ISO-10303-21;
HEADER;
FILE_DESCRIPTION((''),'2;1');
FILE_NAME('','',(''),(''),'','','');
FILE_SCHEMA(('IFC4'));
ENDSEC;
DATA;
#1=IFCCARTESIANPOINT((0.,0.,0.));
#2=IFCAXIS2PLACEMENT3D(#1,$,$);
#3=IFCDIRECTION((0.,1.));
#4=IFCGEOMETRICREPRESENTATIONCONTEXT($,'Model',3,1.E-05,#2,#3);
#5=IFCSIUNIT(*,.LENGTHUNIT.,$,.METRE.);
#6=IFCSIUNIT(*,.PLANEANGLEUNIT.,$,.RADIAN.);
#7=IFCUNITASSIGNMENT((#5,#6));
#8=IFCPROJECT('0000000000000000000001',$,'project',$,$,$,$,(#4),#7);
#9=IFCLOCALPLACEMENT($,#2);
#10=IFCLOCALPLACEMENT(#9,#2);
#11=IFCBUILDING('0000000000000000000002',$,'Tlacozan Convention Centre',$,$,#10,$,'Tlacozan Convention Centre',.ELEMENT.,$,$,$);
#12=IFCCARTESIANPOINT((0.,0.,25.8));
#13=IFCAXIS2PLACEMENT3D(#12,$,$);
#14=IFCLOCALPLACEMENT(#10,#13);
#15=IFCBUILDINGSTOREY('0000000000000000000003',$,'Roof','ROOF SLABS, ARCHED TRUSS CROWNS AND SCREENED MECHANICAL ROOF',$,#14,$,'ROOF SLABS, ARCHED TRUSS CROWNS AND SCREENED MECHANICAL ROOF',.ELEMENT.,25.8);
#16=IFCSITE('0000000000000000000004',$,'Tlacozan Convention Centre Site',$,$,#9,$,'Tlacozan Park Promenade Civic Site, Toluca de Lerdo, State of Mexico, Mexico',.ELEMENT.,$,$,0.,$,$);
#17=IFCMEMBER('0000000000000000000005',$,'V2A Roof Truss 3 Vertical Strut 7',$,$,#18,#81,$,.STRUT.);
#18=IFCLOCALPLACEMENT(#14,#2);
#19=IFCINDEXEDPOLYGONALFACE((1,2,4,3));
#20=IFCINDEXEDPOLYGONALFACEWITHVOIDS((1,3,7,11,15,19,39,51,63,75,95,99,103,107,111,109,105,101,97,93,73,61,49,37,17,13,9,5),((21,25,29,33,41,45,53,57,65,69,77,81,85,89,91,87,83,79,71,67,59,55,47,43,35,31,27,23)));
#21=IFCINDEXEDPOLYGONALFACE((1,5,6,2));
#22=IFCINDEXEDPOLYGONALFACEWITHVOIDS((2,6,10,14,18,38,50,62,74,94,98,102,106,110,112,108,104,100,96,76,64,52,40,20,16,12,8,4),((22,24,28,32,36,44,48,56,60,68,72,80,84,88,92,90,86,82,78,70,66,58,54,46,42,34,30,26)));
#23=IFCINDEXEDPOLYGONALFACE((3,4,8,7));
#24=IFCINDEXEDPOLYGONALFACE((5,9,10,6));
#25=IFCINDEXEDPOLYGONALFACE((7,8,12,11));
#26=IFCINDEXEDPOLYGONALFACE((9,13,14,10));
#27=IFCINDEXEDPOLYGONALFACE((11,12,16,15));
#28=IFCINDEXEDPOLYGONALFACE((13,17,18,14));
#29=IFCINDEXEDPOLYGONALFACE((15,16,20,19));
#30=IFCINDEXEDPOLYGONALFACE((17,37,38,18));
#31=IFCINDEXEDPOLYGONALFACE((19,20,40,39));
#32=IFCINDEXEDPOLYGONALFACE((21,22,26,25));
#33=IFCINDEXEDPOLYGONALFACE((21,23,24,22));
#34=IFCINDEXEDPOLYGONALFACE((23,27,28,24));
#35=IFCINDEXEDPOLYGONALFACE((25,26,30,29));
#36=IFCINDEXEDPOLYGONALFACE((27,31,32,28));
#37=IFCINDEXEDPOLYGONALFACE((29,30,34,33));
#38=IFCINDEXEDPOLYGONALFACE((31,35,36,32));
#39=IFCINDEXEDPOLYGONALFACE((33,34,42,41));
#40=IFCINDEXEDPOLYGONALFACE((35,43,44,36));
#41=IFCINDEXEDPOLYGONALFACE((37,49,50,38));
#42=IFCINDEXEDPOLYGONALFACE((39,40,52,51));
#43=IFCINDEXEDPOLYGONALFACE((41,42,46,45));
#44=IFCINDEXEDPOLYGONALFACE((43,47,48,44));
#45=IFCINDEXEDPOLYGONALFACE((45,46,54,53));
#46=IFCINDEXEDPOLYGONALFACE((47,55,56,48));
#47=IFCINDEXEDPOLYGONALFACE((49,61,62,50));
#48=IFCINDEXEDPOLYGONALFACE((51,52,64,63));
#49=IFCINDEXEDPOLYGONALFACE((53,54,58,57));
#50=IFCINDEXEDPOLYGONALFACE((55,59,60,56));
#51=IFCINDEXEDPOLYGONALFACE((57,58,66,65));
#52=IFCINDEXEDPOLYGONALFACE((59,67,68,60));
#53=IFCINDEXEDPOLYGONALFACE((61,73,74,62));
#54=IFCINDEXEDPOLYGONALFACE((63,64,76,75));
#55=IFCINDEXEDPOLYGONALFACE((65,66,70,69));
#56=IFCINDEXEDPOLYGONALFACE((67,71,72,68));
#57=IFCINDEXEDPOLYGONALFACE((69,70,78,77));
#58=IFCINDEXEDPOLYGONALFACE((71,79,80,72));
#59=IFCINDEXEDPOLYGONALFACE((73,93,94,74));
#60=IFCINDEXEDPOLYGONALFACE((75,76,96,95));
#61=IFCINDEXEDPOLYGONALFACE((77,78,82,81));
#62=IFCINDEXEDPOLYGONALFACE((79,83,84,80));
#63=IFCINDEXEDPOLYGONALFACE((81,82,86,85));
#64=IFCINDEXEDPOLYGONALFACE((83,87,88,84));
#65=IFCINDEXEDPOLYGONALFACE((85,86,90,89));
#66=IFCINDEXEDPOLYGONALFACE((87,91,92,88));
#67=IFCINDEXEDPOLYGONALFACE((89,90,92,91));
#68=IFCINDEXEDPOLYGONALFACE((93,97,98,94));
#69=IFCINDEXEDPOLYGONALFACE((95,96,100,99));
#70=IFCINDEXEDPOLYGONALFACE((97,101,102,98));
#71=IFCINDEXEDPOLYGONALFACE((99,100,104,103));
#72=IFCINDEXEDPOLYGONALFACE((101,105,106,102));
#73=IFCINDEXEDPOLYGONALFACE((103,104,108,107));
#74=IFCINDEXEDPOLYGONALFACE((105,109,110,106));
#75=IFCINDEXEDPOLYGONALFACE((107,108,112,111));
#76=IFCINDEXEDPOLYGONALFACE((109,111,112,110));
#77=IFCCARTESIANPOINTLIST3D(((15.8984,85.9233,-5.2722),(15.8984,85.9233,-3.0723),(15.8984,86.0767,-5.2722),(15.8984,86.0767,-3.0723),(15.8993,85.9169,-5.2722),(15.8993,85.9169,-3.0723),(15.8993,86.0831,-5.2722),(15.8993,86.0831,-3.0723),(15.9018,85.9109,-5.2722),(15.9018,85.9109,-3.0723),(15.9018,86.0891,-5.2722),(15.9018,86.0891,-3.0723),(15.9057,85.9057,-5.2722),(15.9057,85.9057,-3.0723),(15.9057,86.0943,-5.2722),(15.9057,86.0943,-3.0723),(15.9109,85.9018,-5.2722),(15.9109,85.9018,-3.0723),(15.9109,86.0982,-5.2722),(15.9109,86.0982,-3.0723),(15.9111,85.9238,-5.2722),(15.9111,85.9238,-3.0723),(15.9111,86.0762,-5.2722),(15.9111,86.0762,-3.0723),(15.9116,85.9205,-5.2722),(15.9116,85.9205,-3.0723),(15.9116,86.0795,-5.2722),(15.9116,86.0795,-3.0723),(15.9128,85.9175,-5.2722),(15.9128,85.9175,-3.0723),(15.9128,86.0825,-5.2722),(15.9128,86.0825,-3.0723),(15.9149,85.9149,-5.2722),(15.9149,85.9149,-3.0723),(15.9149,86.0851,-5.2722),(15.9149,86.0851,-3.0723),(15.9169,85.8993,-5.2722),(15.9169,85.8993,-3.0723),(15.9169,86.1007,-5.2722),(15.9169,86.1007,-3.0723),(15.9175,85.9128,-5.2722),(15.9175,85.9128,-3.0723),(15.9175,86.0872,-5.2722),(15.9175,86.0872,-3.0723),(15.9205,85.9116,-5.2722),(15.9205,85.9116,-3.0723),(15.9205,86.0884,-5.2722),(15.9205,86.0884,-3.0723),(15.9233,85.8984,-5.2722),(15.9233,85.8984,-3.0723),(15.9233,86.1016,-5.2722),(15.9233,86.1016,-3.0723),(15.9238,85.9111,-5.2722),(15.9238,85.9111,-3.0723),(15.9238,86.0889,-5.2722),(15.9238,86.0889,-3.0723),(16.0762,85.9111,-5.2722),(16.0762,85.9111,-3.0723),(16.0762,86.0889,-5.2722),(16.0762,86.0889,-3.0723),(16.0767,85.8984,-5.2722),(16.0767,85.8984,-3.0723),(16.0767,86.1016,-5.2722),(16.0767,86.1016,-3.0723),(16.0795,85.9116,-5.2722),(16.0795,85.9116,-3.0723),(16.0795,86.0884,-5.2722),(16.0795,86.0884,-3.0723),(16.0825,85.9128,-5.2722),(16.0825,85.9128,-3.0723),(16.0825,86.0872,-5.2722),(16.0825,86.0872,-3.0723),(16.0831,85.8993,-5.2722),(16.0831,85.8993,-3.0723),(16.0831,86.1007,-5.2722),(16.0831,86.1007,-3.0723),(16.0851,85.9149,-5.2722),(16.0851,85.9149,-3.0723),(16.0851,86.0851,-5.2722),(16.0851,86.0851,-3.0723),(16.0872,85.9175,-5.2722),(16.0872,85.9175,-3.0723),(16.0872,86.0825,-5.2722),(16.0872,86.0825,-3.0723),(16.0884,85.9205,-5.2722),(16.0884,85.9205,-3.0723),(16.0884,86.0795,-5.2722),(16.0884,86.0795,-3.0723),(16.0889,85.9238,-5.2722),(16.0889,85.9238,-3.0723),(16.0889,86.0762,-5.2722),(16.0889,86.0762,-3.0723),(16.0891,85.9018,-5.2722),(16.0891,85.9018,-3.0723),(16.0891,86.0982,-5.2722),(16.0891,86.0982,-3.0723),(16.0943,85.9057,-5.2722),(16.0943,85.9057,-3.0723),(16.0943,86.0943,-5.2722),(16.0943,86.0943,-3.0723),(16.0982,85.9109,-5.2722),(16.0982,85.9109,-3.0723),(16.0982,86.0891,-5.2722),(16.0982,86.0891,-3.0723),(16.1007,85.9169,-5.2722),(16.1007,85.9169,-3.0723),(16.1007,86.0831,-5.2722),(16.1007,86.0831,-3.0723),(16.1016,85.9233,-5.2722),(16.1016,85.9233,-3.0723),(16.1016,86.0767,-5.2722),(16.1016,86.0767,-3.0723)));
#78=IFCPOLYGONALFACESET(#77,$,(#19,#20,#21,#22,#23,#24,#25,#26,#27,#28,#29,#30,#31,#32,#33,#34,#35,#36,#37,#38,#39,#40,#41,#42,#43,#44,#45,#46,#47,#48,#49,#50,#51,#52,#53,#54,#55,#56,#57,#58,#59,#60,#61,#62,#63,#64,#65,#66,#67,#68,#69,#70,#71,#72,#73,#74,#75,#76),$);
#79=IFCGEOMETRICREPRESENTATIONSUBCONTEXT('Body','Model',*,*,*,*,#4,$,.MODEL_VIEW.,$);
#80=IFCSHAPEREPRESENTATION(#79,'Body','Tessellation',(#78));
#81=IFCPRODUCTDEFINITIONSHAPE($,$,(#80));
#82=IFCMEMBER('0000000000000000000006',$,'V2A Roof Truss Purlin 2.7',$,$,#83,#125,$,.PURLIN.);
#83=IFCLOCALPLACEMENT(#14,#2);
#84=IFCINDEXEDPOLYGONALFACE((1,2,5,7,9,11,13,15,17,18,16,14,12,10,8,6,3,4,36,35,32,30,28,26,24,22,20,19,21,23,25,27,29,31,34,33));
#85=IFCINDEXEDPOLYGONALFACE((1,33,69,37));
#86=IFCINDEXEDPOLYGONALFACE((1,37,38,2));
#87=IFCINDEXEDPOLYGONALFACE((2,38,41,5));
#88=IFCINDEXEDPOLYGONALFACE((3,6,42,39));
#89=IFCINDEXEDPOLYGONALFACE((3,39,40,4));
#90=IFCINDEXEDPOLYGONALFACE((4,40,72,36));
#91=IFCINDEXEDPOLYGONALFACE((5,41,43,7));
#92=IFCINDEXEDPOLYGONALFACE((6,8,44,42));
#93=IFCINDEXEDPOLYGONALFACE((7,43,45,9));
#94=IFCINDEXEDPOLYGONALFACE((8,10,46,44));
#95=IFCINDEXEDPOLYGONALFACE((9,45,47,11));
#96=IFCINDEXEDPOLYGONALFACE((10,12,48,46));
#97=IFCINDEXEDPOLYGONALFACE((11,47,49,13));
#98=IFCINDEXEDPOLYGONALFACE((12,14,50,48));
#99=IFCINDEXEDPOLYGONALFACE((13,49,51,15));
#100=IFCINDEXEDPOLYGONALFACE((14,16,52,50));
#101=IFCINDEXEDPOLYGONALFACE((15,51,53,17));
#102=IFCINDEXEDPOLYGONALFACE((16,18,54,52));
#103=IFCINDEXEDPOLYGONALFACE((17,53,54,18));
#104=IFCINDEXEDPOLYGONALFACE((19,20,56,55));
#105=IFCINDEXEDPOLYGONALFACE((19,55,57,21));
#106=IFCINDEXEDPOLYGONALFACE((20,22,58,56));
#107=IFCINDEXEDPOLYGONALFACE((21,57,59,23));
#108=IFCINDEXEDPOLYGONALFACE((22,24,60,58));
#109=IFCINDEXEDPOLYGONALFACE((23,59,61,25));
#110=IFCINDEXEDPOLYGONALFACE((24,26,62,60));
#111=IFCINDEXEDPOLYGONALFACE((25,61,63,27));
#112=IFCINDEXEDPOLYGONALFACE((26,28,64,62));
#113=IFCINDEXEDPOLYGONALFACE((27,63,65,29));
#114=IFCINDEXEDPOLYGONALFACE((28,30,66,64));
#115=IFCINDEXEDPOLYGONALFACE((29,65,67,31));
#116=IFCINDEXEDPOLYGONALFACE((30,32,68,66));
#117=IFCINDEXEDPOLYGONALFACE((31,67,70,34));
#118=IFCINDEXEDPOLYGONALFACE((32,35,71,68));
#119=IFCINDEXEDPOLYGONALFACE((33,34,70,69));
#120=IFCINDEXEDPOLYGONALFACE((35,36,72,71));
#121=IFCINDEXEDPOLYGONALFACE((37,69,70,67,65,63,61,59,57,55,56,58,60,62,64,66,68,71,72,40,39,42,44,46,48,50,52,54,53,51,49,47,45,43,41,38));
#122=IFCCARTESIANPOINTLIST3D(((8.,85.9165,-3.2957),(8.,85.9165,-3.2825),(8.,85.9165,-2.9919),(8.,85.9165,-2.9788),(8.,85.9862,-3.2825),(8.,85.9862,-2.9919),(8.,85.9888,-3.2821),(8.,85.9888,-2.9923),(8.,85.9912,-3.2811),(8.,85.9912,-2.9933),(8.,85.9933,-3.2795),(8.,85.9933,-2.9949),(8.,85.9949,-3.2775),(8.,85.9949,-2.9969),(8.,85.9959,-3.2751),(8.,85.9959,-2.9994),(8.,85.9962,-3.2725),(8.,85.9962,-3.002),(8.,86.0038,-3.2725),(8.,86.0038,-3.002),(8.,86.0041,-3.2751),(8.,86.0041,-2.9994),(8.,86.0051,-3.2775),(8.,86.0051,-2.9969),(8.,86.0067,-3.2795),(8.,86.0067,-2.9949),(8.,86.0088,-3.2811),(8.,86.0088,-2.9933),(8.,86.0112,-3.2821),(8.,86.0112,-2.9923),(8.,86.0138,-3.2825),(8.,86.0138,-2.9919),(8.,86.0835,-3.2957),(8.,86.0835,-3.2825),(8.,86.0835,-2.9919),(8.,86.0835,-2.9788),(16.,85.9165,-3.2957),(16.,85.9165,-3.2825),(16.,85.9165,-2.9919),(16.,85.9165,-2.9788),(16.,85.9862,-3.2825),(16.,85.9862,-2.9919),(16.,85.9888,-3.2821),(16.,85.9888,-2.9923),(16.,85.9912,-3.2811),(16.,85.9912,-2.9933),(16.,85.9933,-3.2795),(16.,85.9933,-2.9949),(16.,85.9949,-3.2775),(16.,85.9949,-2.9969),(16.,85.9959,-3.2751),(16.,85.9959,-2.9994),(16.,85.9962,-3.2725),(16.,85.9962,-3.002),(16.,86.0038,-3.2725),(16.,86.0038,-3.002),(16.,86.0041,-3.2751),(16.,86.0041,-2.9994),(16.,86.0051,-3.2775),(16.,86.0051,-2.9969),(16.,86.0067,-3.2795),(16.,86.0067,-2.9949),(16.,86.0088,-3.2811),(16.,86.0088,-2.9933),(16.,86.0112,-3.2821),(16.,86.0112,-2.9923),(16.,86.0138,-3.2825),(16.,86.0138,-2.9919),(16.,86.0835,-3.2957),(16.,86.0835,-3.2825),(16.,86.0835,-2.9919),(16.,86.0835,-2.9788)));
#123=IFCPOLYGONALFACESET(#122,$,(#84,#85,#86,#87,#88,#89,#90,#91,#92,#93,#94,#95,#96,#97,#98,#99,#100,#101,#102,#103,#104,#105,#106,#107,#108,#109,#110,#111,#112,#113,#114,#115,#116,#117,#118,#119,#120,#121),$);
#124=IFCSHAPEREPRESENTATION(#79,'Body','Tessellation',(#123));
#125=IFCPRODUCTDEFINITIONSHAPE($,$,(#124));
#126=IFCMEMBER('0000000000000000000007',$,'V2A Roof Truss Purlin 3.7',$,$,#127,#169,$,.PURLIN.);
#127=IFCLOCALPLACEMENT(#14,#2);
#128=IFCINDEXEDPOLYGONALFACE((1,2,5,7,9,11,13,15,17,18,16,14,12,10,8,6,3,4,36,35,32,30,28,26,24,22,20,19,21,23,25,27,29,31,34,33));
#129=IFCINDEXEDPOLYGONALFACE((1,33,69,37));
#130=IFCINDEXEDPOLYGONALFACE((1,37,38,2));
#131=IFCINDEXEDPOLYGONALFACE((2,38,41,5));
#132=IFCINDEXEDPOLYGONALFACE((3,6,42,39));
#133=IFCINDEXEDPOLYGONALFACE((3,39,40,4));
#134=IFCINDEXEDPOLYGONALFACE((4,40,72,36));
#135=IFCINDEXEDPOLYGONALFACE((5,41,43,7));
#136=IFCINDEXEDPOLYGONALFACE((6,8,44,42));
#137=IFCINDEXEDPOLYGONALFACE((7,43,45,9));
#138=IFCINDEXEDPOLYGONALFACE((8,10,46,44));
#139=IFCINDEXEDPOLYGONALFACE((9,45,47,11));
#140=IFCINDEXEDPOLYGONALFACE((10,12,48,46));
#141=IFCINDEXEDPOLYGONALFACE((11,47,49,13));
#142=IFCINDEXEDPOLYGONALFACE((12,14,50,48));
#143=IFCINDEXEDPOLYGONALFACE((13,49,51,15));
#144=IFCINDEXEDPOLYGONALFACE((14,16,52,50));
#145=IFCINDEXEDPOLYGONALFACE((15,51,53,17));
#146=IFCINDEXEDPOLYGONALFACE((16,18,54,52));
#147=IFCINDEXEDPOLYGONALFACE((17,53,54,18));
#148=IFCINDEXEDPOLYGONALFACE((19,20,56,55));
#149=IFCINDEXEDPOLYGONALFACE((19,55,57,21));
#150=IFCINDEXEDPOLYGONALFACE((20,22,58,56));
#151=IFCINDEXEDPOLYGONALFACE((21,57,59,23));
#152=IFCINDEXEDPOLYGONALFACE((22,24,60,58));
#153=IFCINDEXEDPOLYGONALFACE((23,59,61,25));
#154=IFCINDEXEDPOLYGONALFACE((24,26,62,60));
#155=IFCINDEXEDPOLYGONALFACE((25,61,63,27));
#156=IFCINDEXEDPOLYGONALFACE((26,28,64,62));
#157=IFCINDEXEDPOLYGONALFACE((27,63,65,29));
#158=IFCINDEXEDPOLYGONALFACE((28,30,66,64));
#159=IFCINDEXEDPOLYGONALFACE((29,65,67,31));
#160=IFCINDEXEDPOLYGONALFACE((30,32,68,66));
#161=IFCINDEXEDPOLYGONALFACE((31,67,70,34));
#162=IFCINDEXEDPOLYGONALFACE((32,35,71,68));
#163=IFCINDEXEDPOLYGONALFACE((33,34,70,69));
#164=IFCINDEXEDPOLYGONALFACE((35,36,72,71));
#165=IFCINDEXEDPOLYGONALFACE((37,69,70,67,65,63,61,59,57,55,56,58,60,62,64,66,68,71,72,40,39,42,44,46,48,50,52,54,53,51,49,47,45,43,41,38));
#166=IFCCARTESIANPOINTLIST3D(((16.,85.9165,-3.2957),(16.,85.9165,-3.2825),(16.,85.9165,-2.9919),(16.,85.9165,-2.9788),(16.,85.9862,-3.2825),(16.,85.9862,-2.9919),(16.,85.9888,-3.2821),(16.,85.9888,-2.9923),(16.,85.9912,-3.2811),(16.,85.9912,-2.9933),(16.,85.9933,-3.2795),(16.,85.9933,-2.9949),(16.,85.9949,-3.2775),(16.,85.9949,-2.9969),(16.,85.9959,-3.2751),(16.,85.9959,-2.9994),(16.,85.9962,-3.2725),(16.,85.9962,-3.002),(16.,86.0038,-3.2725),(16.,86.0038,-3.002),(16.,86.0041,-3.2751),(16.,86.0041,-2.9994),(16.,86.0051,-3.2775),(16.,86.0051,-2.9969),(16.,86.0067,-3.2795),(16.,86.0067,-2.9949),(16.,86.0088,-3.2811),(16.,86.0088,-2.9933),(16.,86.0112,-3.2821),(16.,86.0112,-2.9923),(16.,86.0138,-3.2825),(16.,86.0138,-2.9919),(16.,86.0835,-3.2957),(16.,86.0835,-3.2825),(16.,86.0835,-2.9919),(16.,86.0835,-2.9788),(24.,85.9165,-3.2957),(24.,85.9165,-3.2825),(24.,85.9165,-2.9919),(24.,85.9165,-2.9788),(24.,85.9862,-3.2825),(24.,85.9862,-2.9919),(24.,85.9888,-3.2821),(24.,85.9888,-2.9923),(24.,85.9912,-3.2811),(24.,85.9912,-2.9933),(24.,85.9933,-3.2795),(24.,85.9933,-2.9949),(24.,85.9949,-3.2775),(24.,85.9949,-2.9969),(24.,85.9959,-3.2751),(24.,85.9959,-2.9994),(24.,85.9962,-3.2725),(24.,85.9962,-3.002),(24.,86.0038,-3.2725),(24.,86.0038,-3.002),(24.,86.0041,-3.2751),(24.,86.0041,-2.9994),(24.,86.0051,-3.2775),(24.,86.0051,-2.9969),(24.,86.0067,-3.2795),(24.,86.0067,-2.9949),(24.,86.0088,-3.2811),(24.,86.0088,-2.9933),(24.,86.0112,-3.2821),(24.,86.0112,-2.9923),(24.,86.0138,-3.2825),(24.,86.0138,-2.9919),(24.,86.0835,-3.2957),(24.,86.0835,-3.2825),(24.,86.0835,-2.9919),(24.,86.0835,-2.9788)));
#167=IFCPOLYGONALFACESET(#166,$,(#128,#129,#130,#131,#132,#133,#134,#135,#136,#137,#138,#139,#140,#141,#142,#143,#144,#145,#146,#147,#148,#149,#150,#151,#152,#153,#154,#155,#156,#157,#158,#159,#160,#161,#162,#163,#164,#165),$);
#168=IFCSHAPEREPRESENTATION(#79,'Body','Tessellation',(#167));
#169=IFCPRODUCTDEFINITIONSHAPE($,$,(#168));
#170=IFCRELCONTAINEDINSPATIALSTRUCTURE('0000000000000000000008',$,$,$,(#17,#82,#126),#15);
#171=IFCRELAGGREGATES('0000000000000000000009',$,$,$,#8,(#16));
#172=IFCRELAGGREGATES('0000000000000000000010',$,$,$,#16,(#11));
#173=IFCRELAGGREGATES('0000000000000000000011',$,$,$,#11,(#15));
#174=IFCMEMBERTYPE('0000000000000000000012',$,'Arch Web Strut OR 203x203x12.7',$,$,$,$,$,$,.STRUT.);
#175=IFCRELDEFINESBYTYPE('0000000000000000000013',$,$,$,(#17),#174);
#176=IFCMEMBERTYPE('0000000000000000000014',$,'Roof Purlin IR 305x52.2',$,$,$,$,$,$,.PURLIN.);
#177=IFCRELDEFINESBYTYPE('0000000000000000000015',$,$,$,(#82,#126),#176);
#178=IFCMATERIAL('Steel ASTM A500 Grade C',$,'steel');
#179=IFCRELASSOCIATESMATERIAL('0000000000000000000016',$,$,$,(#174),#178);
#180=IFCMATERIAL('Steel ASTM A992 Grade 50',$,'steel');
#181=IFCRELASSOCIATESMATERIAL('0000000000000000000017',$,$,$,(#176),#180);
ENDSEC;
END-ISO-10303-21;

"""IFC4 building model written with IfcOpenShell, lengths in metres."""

from ifc_helpers import new_model, si_unit, direction, frame, origin, origin_2d, place, context, subcontext, project, spatial, hollow_rectangle, i_section, extrude, material, material_profile, profile_set, type_object, element, save


model = new_model("IFC4")

# Units and contexts
model_context = context("Model", 3, precision=1e-05, world=origin(), true_north=direction((0.0, 1.0)))
body_context = subcontext(model_context, "Body", "Model", "MODEL_VIEW")
ifc_project = project(units=[si_unit("LENGTHUNIT", "METRE"), si_unit("PLANEANGLEUNIT", "RADIAN")], contexts=[model_context])

# Site, building, storey
site_placement = place(None, origin())
site = spatial("IfcSite", under=ifc_project, at=site_placement, Name="Tlacozan Convention Centre Site", LongName="Tlacozan Park Promenade Civic Site, Toluca de Lerdo, State of Mexico, Mexico", CompositionType="ELEMENT", RefElevation=0.0)
building_placement = place(site_placement, origin())
building = spatial("IfcBuilding", under=site, at=building_placement, Name="Tlacozan Convention Centre", LongName="Tlacozan Convention Centre", CompositionType="ELEMENT")
storey_placement = place(building_placement, frame((0.0, 0.0, 25.8)))
storey = spatial("IfcBuildingStorey", under=building, at=storey_placement, Name="Roof", Description="ROOF SLABS, ARCHED TRUSS CROWNS AND SCREENED MECHANICAL ROOF", LongName="ROOF SLABS, ARCHED TRUSS CROWNS AND SCREENED MECHANICAL ROOF", CompositionType="ELEMENT", Elevation=25.8)

# Members
ifc_material_1 = material(Name="Steel ASTM A500 Grade C", Category="steel")
ifc_material_profile_1 = material_profile(ifc_material_1, hollow_rectangle(XDim=0.2031, YDim=0.2031, WallThickness=0.0127, InnerFilletRadius=0.0127, OuterFilletRadius=0.0249, at=origin_2d()), Name="OR 203x203x12.7")
ifc_profile_set_1 = profile_set([ifc_material_profile_1], Name="Steel ASTM A500 Grade C")
member_type_1 = type_object("IfcMemberType", Name="Arch Web Strut OR 203x203x12.7", PredefinedType="STRUT", material=ifc_profile_set_1)
for number, where, z_axis, x_axis, name in (
    (1, (16.0, 86.0, -5.2722), (0.0, 0.0, 1.0), (1.0, 0.0, 0.0), "V2A Roof Truss 3 Vertical Strut 7"),
):
    element("IfcMember", number, at=place(storey_placement, frame(where, z_axis=z_axis, x_axis=x_axis)), inside=storey, type_object=member_type_1, Name=name, PredefinedType="STRUT", context=body_context, shape_type="SweptSolid", body=[
        extrude(hollow_rectangle(XDim=0.2031, YDim=0.2031, WallThickness=0.0127, InnerFilletRadius=0.0127, OuterFilletRadius=0.0249, at=origin_2d()), origin(), (0.0, 0.0, 1.0), 2.2),
    ])
ifc_material_2 = material(Name="Steel ASTM A992 Grade 50", Category="steel")
ifc_material_profile_2 = material_profile(ifc_material_2, i_section(OverallWidth=0.167, OverallDepth=0.3169, WebThickness=0.0076, FlangeThickness=0.0132, FilletRadius=0.01, at=origin_2d()), Name="IR 305x52.2")
ifc_profile_set_2 = profile_set([ifc_material_profile_2], Name="Steel ASTM A992 Grade 50")
member_type_2 = type_object("IfcMemberType", Name="Roof Purlin IR 305x52.2", PredefinedType="PURLIN", material=ifc_profile_set_2)
for number, where, z_axis, x_axis, name in (
    (2, (8.0, 86.0, -3.1372), (1.0, 0.0, 0.0), (0.0, 1.0, 0.0), "V2A Roof Truss Purlin 2.7"),
    (3, (16.0, 86.0, -3.1372), (1.0, 0.0, 0.0), (0.0, 1.0, 0.0), "V2A Roof Truss Purlin 3.7"),
):
    element("IfcMember", number, at=place(storey_placement, frame(where, z_axis=z_axis, x_axis=x_axis)), inside=storey, type_object=member_type_2, Name=name, PredefinedType="PURLIN", context=body_context, shape_type="SweptSolid", body=[
        extrude(i_section(OverallWidth=0.167, OverallDepth=0.3169, WebThickness=0.0076, FlangeThickness=0.0132, FilletRadius=0.01, at=origin_2d()), origin(), (0.0, 0.0, 1.0), 8.0),
    ])

save(model, "model.ifc")
